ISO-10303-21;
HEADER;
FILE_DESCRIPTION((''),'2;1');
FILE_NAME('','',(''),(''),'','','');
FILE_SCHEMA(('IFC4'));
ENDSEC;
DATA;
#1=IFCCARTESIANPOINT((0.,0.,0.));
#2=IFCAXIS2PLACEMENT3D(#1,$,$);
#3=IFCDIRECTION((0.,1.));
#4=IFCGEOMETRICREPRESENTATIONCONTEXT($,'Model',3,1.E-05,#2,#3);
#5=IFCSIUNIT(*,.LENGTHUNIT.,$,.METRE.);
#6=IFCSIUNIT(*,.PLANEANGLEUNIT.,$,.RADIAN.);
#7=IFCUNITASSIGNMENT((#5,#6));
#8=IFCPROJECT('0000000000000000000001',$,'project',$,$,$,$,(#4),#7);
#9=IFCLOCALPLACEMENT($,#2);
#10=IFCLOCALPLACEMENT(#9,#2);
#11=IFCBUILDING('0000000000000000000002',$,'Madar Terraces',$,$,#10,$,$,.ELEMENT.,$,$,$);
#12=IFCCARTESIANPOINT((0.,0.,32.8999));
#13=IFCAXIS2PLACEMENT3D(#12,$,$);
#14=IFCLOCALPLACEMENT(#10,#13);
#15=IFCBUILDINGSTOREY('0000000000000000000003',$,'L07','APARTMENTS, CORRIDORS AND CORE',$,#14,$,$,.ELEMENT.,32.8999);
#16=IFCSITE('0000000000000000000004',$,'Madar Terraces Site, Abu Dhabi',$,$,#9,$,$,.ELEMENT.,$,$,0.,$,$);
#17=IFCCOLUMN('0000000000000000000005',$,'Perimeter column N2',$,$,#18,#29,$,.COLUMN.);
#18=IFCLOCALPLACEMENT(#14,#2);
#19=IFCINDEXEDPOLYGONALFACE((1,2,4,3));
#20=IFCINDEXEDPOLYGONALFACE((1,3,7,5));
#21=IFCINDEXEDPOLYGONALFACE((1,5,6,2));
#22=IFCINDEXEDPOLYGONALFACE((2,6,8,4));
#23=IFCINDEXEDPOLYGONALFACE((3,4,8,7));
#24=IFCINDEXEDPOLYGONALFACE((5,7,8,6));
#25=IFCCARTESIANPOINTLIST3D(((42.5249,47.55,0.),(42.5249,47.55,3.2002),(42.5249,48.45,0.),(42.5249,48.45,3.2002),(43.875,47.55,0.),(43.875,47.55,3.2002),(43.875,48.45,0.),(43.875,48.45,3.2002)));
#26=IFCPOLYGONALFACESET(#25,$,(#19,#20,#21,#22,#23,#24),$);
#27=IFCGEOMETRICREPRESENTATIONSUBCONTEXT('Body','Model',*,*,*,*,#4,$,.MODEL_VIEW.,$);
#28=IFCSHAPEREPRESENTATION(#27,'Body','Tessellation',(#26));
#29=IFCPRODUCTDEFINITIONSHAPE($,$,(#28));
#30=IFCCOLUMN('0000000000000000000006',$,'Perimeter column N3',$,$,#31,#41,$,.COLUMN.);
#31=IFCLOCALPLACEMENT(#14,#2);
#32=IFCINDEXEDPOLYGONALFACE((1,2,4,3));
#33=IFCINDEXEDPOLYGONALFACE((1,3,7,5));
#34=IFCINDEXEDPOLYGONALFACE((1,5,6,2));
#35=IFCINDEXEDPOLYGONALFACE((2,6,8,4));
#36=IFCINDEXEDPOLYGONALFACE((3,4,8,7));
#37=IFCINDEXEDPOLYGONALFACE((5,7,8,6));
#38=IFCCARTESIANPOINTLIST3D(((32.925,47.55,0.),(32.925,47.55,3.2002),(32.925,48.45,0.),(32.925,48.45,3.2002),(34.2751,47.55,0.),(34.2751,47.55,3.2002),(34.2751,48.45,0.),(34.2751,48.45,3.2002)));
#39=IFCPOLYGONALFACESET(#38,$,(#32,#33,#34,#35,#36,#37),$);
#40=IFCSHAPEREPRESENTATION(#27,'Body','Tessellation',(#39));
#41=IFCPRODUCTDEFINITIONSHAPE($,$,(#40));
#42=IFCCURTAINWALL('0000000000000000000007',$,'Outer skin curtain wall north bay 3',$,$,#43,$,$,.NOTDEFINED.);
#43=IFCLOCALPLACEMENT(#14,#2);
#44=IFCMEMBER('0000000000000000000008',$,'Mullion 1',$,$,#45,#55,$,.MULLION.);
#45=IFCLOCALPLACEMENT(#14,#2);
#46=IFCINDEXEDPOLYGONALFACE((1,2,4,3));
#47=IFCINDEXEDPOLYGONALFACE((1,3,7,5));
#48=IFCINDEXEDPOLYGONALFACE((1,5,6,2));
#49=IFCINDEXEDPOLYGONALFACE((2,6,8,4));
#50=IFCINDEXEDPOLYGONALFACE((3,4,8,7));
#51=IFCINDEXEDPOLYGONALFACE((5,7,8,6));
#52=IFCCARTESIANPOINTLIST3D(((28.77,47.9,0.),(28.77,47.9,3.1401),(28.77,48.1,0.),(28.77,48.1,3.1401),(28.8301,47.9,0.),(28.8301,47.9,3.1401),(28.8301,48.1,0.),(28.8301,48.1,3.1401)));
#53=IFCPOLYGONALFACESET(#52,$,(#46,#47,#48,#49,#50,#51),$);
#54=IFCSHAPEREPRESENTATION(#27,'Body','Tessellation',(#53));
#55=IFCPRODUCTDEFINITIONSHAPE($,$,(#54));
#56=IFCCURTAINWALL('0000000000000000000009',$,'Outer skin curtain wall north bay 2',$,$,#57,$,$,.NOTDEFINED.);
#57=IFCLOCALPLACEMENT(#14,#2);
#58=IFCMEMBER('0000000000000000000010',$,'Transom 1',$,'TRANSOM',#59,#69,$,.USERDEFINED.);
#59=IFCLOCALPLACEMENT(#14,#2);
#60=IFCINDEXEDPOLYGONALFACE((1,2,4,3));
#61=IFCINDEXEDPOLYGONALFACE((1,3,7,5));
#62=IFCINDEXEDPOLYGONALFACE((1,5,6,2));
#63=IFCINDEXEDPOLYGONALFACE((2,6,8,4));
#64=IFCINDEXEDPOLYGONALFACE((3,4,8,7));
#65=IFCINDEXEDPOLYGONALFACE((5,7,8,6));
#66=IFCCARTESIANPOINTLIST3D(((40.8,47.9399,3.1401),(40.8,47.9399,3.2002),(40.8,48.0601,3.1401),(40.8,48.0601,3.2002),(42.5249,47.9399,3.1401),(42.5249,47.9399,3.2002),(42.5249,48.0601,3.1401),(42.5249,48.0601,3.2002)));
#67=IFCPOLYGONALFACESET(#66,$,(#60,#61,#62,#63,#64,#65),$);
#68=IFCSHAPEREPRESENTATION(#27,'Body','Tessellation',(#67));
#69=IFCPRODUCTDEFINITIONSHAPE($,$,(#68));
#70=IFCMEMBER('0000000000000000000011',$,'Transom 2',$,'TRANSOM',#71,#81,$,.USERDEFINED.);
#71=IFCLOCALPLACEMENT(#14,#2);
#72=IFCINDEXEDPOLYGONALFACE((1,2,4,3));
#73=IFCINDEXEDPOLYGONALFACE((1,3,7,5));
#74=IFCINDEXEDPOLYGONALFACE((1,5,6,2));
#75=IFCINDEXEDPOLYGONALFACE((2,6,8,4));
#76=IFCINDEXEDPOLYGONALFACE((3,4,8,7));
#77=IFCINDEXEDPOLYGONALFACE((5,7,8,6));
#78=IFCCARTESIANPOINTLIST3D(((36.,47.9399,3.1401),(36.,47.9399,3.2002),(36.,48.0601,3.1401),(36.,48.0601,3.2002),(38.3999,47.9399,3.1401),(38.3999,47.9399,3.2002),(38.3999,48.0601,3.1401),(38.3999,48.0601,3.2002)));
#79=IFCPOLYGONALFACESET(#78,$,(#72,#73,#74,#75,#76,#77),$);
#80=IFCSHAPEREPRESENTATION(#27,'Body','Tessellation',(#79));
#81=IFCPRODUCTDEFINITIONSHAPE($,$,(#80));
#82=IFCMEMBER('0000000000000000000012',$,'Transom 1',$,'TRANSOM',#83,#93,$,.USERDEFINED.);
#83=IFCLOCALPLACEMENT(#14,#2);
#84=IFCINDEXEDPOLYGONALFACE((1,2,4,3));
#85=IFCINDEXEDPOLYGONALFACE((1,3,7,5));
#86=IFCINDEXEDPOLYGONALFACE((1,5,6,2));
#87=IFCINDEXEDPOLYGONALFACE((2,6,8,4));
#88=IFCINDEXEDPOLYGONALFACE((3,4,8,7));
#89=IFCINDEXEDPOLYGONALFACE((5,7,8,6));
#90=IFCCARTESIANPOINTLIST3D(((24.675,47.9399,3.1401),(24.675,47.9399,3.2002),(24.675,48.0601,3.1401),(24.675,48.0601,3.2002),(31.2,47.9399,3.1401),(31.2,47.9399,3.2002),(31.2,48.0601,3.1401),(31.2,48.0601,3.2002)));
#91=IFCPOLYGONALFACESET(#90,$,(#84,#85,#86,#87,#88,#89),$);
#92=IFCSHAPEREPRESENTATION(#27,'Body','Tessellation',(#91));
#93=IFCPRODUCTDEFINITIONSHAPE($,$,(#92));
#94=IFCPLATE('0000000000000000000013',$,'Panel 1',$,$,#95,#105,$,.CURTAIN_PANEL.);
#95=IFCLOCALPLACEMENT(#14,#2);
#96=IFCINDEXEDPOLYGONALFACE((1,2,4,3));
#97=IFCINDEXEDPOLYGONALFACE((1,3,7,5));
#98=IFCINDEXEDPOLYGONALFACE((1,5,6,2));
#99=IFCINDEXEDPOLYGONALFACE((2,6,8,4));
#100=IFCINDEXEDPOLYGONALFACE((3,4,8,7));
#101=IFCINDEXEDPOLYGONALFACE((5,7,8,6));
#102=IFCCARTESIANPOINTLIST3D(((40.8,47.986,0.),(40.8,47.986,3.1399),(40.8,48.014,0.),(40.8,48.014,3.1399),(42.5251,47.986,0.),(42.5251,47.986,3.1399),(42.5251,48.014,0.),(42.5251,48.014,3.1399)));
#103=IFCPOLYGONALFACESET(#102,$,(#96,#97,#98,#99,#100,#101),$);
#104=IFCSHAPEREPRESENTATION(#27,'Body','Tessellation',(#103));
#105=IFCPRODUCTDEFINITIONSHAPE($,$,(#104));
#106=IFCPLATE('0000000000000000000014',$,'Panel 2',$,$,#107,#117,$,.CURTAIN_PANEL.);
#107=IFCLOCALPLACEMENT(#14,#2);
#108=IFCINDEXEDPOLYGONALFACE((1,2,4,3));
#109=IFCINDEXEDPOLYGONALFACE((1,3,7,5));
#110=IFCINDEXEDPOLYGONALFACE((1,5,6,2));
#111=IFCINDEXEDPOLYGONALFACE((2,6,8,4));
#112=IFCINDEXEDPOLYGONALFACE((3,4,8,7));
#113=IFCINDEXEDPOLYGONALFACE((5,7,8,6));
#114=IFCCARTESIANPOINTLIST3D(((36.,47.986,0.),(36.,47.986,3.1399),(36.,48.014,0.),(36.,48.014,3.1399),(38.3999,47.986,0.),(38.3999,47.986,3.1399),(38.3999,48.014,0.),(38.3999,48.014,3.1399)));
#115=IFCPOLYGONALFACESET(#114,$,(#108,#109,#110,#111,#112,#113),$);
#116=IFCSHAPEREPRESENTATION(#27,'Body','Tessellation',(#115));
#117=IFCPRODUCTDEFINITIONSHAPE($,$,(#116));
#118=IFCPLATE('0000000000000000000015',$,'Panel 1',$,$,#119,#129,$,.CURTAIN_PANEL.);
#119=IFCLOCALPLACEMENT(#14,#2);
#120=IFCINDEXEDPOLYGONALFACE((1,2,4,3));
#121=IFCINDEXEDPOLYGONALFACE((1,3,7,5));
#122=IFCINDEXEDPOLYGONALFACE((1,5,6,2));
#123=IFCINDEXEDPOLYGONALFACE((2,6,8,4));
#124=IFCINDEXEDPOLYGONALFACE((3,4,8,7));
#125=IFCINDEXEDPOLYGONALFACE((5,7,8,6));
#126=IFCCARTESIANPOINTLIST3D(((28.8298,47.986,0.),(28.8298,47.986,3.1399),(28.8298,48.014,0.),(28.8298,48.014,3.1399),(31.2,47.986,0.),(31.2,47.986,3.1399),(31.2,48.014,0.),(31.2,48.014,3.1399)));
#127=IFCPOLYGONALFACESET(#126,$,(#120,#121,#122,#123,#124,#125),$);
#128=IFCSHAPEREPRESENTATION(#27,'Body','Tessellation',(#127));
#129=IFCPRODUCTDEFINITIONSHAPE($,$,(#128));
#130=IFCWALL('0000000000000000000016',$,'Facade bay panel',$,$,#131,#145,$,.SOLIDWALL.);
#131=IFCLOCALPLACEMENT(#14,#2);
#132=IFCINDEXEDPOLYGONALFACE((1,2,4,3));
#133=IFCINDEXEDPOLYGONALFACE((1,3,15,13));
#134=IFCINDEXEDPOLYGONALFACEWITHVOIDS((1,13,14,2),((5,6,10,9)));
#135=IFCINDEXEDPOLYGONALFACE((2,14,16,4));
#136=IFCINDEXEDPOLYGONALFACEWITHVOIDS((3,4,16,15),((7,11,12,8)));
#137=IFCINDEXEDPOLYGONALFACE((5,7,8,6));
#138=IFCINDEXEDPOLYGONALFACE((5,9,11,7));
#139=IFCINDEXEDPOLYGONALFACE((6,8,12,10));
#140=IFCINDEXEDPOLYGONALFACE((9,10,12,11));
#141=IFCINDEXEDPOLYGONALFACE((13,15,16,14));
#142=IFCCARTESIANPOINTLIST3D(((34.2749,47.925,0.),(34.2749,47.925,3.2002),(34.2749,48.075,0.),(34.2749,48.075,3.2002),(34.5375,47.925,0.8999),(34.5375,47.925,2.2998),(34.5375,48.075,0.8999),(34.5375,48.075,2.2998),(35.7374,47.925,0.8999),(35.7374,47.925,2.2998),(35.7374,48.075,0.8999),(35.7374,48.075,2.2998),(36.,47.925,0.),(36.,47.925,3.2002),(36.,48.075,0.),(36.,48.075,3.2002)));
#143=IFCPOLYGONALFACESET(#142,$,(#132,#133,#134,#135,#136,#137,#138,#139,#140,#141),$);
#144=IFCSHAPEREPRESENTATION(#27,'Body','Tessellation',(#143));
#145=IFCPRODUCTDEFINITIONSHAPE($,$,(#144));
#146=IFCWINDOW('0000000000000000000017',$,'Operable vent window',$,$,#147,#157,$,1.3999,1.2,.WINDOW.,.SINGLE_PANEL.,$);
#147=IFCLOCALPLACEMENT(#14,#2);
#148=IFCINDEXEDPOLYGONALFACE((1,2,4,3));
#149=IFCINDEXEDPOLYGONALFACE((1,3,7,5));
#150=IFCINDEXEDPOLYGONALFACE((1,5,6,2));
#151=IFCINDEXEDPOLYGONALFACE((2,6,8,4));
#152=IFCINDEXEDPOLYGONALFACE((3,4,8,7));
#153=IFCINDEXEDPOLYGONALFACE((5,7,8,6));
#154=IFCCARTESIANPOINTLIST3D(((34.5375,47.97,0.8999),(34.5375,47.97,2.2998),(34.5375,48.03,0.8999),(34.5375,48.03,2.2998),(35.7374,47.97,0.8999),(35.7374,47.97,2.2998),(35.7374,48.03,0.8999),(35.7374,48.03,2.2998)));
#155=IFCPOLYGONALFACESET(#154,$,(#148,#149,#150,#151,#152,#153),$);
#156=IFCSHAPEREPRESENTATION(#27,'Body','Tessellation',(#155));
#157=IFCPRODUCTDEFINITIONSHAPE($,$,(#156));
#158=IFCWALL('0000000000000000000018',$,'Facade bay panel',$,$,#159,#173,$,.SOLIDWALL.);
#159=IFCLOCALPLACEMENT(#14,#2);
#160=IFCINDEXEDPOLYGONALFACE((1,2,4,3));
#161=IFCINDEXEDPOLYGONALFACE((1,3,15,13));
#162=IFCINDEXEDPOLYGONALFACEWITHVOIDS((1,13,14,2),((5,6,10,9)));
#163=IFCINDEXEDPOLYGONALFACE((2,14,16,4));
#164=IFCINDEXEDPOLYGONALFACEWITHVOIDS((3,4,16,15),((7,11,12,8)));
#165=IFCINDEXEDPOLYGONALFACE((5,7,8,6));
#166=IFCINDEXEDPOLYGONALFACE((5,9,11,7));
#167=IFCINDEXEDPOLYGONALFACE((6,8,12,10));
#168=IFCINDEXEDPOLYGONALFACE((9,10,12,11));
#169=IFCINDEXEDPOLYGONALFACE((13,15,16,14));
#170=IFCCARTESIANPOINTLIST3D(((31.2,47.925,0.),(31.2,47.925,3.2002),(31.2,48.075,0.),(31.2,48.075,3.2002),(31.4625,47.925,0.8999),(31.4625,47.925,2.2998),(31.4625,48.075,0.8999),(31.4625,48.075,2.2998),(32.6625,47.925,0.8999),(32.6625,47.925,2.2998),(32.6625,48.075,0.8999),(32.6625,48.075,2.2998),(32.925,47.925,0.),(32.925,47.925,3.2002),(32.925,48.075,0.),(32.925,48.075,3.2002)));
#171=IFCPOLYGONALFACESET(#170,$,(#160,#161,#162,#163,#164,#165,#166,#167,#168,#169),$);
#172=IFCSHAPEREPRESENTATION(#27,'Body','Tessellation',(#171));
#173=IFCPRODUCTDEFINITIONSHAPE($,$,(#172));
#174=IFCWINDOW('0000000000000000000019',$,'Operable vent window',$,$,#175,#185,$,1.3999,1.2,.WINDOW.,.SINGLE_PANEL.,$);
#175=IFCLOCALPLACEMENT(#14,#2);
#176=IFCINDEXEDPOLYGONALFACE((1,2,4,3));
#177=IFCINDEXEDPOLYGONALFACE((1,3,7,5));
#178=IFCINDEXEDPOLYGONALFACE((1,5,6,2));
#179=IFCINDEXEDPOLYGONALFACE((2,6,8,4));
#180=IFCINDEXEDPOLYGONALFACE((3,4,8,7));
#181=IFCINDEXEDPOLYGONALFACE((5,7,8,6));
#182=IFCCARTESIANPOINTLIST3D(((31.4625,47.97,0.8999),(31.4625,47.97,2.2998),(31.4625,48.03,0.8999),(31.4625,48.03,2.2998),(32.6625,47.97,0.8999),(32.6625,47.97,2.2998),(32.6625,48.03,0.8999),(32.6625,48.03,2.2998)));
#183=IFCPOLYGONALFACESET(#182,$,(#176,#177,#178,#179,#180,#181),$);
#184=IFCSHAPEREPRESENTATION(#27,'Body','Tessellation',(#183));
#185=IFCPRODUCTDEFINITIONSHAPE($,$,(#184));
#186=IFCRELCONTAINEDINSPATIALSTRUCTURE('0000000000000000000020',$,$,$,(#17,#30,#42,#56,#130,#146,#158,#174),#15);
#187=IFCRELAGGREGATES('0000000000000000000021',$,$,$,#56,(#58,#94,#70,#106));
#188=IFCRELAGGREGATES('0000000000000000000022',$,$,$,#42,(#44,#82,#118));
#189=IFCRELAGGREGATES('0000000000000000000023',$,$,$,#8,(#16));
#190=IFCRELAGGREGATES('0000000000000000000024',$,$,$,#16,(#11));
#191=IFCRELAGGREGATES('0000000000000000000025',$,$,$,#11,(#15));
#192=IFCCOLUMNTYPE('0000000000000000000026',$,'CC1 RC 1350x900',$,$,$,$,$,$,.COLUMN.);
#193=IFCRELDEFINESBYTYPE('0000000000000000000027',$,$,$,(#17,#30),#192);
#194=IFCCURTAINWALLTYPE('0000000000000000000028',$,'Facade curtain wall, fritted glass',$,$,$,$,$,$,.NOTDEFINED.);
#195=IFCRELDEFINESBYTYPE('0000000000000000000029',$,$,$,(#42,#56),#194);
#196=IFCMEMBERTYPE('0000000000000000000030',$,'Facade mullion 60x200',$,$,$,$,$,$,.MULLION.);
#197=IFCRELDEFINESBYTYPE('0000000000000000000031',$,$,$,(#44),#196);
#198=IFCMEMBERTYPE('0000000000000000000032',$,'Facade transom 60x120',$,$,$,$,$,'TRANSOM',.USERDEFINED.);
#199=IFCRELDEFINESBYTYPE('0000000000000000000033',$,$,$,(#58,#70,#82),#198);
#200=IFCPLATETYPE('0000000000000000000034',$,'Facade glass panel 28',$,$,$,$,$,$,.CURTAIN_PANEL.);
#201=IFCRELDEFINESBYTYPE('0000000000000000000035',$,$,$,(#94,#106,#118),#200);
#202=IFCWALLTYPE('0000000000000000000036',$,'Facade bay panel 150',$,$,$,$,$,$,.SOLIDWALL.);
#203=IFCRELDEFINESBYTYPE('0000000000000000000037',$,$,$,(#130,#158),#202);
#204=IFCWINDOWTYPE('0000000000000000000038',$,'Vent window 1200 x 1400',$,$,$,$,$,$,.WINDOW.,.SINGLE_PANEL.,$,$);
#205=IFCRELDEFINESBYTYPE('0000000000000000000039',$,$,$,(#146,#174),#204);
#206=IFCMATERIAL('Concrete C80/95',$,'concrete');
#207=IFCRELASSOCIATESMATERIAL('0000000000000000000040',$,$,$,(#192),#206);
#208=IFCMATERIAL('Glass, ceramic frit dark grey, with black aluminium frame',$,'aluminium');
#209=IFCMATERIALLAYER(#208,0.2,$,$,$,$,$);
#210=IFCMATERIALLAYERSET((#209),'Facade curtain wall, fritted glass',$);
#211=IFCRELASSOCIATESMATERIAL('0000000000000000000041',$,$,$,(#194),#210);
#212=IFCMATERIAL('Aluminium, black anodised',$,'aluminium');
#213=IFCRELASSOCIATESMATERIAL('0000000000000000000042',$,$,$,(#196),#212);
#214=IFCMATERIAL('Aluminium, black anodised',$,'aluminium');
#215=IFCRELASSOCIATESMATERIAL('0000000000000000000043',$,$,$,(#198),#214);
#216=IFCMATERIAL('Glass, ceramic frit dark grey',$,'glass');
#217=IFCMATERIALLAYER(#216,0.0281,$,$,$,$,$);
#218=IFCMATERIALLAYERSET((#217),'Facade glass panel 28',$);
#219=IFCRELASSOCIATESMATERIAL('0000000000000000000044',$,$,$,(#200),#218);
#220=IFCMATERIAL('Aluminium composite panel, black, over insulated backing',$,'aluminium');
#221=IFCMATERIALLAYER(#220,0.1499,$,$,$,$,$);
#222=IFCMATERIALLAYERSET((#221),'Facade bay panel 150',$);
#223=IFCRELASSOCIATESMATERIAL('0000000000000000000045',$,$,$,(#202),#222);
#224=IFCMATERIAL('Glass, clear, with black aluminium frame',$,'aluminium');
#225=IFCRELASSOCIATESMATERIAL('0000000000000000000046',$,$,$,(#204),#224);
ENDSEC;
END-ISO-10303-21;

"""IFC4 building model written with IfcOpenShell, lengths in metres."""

from ifc_helpers import new_model, si_unit, direction, frame, frame_2d, origin, origin_2d, place, context, subcontext, project, spatial, rectangle, extrude, material, layer, layer_set, material_profile, profile_set, type_object, element, fill, aggregate, save


model = new_model("IFC4")

# Units and contexts
model_context = context("Model", 3, precision=1e-05, world=origin(), true_north=direction((0.0, 1.0)))
body_context = subcontext(model_context, "Body", "Model", "MODEL_VIEW")
ifc_project = project(units=[si_unit("LENGTHUNIT", "METRE"), si_unit("PLANEANGLEUNIT", "RADIAN")], contexts=[model_context])

# Site, building, storey
site_placement = place(None, origin())
site = spatial("IfcSite", under=ifc_project, at=site_placement, Name="Madar Terraces Site, Abu Dhabi", CompositionType="ELEMENT", RefElevation=0.0)
building_placement = place(site_placement, origin())
building = spatial("IfcBuilding", under=site, at=building_placement, Name="Madar Terraces", CompositionType="ELEMENT")
storey_placement = place(building_placement, frame((0.0, 0.0, 32.8999)))
storey = spatial("IfcBuildingStorey", under=building, at=storey_placement, Name="L07", Description="APARTMENTS, CORRIDORS AND CORE", CompositionType="ELEMENT", Elevation=32.8999)

# Columns
ifc_material_1 = material(Name="Concrete C80/95", Category="concrete")
ifc_material_profile_1 = material_profile(ifc_material_1, rectangle(XDim=1.3501, YDim=0.8999, at=origin_2d()), Name="CC1 RC 1350x900")
ifc_profile_set_1 = profile_set([ifc_material_profile_1], Name="Concrete C80/95")
column_type = type_object("IfcColumnType", Name="CC1 RC 1350x900", PredefinedType="COLUMN", material=ifc_profile_set_1)
for number, where, z_axis, x_axis, name in (
    (1, (43.2, 48.0, 0.0), (0.0, 0.0, 1.0), (1.0, 0.0, 0.0), "Perimeter column N2"),
    (2, (33.6001, 48.0, 0.0), (0.0, 0.0, 1.0), (1.0, 0.0, 0.0), "Perimeter column N3"),
):
    element("IfcColumn", number, at=place(storey_placement, frame(where, z_axis=z_axis, x_axis=x_axis)), inside=storey, type_object=column_type, Name=name, PredefinedType="COLUMN", context=body_context, shape_type="SweptSolid", body=[
        extrude(rectangle(XDim=1.3501, YDim=0.8999, at=origin_2d()), origin(), (0.0, 0.0, 1.0), 3.2002),
    ])

# Curtain wall, member
ifc_material_2 = material(Name="Glass, ceramic frit dark grey, with black aluminium frame", Category="aluminium")
ifc_layer_1 = layer(ifc_material_2, 0.2)
ifc_layer_set_1 = layer_set([ifc_layer_1], Name="Facade curtain wall, fritted glass")
curtain_wall_type = type_object("IfcCurtainWallType", Name="Facade curtain wall, fritted glass", PredefinedType="NOTDEFINED", material=ifc_layer_set_1)
curtain_wall_1_placement = place(storey_placement, origin())
curtain_wall_1 = element("IfcCurtainWall", 3, at=curtain_wall_1_placement, inside=storey, type_object=curtain_wall_type, Name="Outer skin curtain wall north bay 3", PredefinedType="NOTDEFINED")
ifc_material_3 = material(Name="Aluminium, black anodised", Category="aluminium")
ifc_material_profile_2 = material_profile(ifc_material_3, rectangle(XDim=0.2, YDim=0.0601, at=origin_2d()), Name="Facade mullion 60x200")
ifc_profile_set_2 = profile_set([ifc_material_profile_2], Name="Aluminium, black anodised")
member_type_1 = type_object("IfcMemberType", Name="Facade mullion 60x200", PredefinedType="MULLION", material=ifc_profile_set_2)
member_1_placement = place(storey_placement, frame((28.8, 48.0, 0.0), z_axis=(0.0, 0.0, 1.0), x_axis=(0.0, -1.0, 0.0)))
member_1 = element("IfcMember", 4, at=member_1_placement, type_object=member_type_1, Name="Mullion 1", PredefinedType="MULLION", context=body_context, shape_type="SweptSolid", body=[
    extrude(rectangle(XDim=0.2, YDim=0.0601, at=origin_2d()), origin(), (0.0, 0.0, 1.0), 3.1401),
])

# Curtain wall, members
curtain_wall_2_placement = place(storey_placement, origin())
curtain_wall_2 = element("IfcCurtainWall", 5, at=curtain_wall_2_placement, inside=storey, type_object=curtain_wall_type, Name="Outer skin curtain wall north bay 2", PredefinedType="NOTDEFINED")
ifc_material_4 = material(Name="Aluminium, black anodised", Category="aluminium")
ifc_material_profile_3 = material_profile(ifc_material_4, rectangle(XDim=0.1201, YDim=0.0601, at=origin_2d()), Name="Facade transom 60x120")
ifc_profile_set_3 = profile_set([ifc_material_profile_3], Name="Aluminium, black anodised")
member_type_2 = type_object("IfcMemberType", Name="Facade transom 60x120", ElementType="TRANSOM", PredefinedType="USERDEFINED", material=ifc_profile_set_3)
member_2_placement = place(storey_placement, frame((42.5249, 48.0, 3.1702), z_axis=(-1.0, 0.0, 0.0), x_axis=(0.0, -1.0, 0.0)))
member_2 = element("IfcMember", 6, at=member_2_placement, type_object=member_type_2, Name="Transom 1", ObjectType="TRANSOM", PredefinedType="USERDEFINED", context=body_context, shape_type="SweptSolid", body=[
    extrude(rectangle(XDim=0.1201, YDim=0.0601, at=origin_2d()), origin(), (0.0, 0.0, 1.0), 1.7249),
])
member_3_placement = place(storey_placement, frame((38.3999, 48.0, 3.1702), z_axis=(-1.0, 0.0, 0.0), x_axis=(0.0, -1.0, 0.0)))
member_3 = element("IfcMember", 7, at=member_3_placement, type_object=member_type_2, Name="Transom 2", ObjectType="TRANSOM", PredefinedType="USERDEFINED", context=body_context, shape_type="SweptSolid", body=[
    extrude(rectangle(XDim=0.1201, YDim=0.0601, at=origin_2d()), origin(), (0.0, 0.0, 1.0), 2.3999),
])

# Member
member_4_placement = place(storey_placement, frame((31.2, 48.0, 3.1702), z_axis=(-1.0, 0.0, 0.0), x_axis=(0.0, -1.0, 0.0)))
member_4 = element("IfcMember", 8, at=member_4_placement, type_object=member_type_2, Name="Transom 1", ObjectType="TRANSOM", PredefinedType="USERDEFINED", context=body_context, shape_type="SweptSolid", body=[
    extrude(rectangle(XDim=0.1201, YDim=0.0601, at=origin_2d()), origin(), (0.0, 0.0, 1.0), 6.5249),
])

# Plates
ifc_material_5 = material(Name="Glass, ceramic frit dark grey", Category="glass")
ifc_layer_2 = layer(ifc_material_5, 0.0281)
ifc_layer_set_2 = layer_set([ifc_layer_2], Name="Facade glass panel 28")
plate_type = type_object("IfcPlateType", Name="Facade glass panel 28", PredefinedType="CURTAIN_PANEL", material=ifc_layer_set_2)
plate_1_placement = place(storey_placement, frame((41.6626, 48.0, 0.0), z_axis=(0.0, 0.0, 1.0), x_axis=(-1.0, 0.0, 0.0)))
plate_1 = element("IfcPlate", 9, at=plate_1_placement, type_object=plate_type, Name="Panel 1", PredefinedType="CURTAIN_PANEL", context=body_context, shape_type="SweptSolid", body=[
    extrude(rectangle(XDim=1.7251, YDim=0.0281, at=origin_2d()), origin(), (0.0, 0.0, 1.0), 3.1399),
])
plate_2_placement = place(storey_placement, frame((37.2, 48.0, 0.0), z_axis=(0.0, 0.0, 1.0), x_axis=(-1.0, 0.0, 0.0)))
plate_2 = element("IfcPlate", 10, at=plate_2_placement, type_object=plate_type, Name="Panel 2", PredefinedType="CURTAIN_PANEL", context=body_context, shape_type="SweptSolid", body=[
    extrude(rectangle(XDim=2.3999, YDim=0.0281, at=origin_2d()), origin(), (0.0, 0.0, 1.0), 3.1399),
])
aggregate(curtain_wall_2, [member_2, plate_1, member_3, plate_2])
plate_3_placement = place(storey_placement, frame((30.0149, 48.0, 0.0), z_axis=(0.0, 0.0, 1.0), x_axis=(-1.0, 0.0, 0.0)))
plate_3 = element("IfcPlate", 11, at=plate_3_placement, type_object=plate_type, Name="Panel 1", PredefinedType="CURTAIN_PANEL", context=body_context, shape_type="SweptSolid", body=[
    extrude(rectangle(XDim=2.3701, YDim=0.0281, at=origin_2d()), origin(), (0.0, 0.0, 1.0), 3.1399),
])
aggregate(curtain_wall_1, [member_1, member_4, plate_3])

# Shared definitions
ifc_material_6 = material(Name="Aluminium composite panel, black, over insulated backing", Category="aluminium")
ifc_layer_3 = layer(ifc_material_6, 0.1499)
ifc_layer_set_3 = layer_set([ifc_layer_3], Name="Facade bay panel 150")
wall_type_1 = type_object("IfcWallType", Name="Facade bay panel 150", PredefinedType="SOLIDWALL", material=ifc_layer_set_3)

# Walls, openings, windows
wall_1_placement = place(storey_placement, frame((36.0, 48.0, 0.0), z_axis=(0.0, 0.0, 1.0), x_axis=(-1.0, 0.0, 0.0)))
wall_1 = element("IfcWall", 12, at=wall_1_placement, inside=storey, type_object=wall_type_1, Name="Facade bay panel", PredefinedType="SOLIDWALL", context=body_context, shape_type="SweptSolid", body=[
    extrude(rectangle(XDim=1.7251, YDim=0.1499, at=frame_2d((0.8625, 0.0))), origin(), (0.0, 0.0, 1.0), 3.2002),
])
opening_1_placement = place(wall_1_placement, frame((0.2625, 0.0, 0.8999)))
opening_1 = element("IfcOpeningElement", 13, at=opening_1_placement, cuts=wall_1, PredefinedType="OPENING", context=body_context, shape_type="SweptSolid", body=[
    extrude(rectangle(XDim=1.2, YDim=1.3999, at=frame_2d((0.6001, 0.7))), frame((0.0, 0.085, 0.0), z_axis=(0.0, -1.0, 0.0), x_axis=(1.0, 0.0, 0.0)), (0.0, 0.0, 1.0), 0.1699),
])
ifc_material_7 = material(Name="Glass, clear, with black aluminium frame", Category="aluminium")
window_type = type_object("IfcWindowType", Name="Vent window 1200 x 1400", PartitioningType="SINGLE_PANEL", PredefinedType="WINDOW", material=ifc_material_7)
window_1_placement = place(opening_1_placement, origin())
window_1 = element("IfcWindow", 14, at=window_1_placement, inside=storey, type_object=window_type, Name="Operable vent window", OverallHeight=1.3999, OverallWidth=1.2, PartitioningType="SINGLE_PANEL", PredefinedType="WINDOW", context=body_context, shape_type="SweptSolid", body=[
    extrude(rectangle(XDim=1.2, YDim=1.3999, at=frame_2d((0.6001, 0.7))), frame((0.0, 0.03, 0.0), z_axis=(0.0, -1.0, 0.0), x_axis=(1.0, 0.0, 0.0)), (0.0, 0.0, 1.0), 0.0601),
])
fill(opening_1, window_1)
wall_2_placement = place(storey_placement, frame((32.925, 48.0, 0.0), z_axis=(0.0, 0.0, 1.0), x_axis=(-1.0, 0.0, 0.0)))
wall_2 = element("IfcWall", 15, at=wall_2_placement, inside=storey, type_object=wall_type_1, Name="Facade bay panel", PredefinedType="SOLIDWALL", context=body_context, shape_type="SweptSolid", body=[
    extrude(rectangle(XDim=1.7251, YDim=0.1499, at=frame_2d((0.8625, 0.0))), origin(), (0.0, 0.0, 1.0), 3.2002),
])
opening_2_placement = place(wall_2_placement, frame((0.2625, 0.0, 0.8999)))
opening_2 = element("IfcOpeningElement", 16, at=opening_2_placement, cuts=wall_2, PredefinedType="OPENING", context=body_context, shape_type="SweptSolid", body=[
    extrude(rectangle(XDim=1.2, YDim=1.3999, at=frame_2d((0.6001, 0.7))), frame((0.0, 0.085, 0.0), z_axis=(0.0, -1.0, 0.0), x_axis=(1.0, 0.0, 0.0)), (0.0, 0.0, 1.0), 0.1699),
])
window_2_placement = place(opening_2_placement, origin())
window_2 = element("IfcWindow", 17, at=window_2_placement, inside=storey, type_object=window_type, Name="Operable vent window", OverallHeight=1.3999, OverallWidth=1.2, PartitioningType="SINGLE_PANEL", PredefinedType="WINDOW", context=body_context, shape_type="SweptSolid", body=[
    extrude(rectangle(XDim=1.2, YDim=1.3999, at=frame_2d((0.6001, 0.7))), frame((0.0, 0.03, 0.0), z_axis=(0.0, -1.0, 0.0), x_axis=(1.0, 0.0, 0.0)), (0.0, 0.0, 1.0), 0.0601),
])
fill(opening_2, window_2)

save(model, "model.ifc")
